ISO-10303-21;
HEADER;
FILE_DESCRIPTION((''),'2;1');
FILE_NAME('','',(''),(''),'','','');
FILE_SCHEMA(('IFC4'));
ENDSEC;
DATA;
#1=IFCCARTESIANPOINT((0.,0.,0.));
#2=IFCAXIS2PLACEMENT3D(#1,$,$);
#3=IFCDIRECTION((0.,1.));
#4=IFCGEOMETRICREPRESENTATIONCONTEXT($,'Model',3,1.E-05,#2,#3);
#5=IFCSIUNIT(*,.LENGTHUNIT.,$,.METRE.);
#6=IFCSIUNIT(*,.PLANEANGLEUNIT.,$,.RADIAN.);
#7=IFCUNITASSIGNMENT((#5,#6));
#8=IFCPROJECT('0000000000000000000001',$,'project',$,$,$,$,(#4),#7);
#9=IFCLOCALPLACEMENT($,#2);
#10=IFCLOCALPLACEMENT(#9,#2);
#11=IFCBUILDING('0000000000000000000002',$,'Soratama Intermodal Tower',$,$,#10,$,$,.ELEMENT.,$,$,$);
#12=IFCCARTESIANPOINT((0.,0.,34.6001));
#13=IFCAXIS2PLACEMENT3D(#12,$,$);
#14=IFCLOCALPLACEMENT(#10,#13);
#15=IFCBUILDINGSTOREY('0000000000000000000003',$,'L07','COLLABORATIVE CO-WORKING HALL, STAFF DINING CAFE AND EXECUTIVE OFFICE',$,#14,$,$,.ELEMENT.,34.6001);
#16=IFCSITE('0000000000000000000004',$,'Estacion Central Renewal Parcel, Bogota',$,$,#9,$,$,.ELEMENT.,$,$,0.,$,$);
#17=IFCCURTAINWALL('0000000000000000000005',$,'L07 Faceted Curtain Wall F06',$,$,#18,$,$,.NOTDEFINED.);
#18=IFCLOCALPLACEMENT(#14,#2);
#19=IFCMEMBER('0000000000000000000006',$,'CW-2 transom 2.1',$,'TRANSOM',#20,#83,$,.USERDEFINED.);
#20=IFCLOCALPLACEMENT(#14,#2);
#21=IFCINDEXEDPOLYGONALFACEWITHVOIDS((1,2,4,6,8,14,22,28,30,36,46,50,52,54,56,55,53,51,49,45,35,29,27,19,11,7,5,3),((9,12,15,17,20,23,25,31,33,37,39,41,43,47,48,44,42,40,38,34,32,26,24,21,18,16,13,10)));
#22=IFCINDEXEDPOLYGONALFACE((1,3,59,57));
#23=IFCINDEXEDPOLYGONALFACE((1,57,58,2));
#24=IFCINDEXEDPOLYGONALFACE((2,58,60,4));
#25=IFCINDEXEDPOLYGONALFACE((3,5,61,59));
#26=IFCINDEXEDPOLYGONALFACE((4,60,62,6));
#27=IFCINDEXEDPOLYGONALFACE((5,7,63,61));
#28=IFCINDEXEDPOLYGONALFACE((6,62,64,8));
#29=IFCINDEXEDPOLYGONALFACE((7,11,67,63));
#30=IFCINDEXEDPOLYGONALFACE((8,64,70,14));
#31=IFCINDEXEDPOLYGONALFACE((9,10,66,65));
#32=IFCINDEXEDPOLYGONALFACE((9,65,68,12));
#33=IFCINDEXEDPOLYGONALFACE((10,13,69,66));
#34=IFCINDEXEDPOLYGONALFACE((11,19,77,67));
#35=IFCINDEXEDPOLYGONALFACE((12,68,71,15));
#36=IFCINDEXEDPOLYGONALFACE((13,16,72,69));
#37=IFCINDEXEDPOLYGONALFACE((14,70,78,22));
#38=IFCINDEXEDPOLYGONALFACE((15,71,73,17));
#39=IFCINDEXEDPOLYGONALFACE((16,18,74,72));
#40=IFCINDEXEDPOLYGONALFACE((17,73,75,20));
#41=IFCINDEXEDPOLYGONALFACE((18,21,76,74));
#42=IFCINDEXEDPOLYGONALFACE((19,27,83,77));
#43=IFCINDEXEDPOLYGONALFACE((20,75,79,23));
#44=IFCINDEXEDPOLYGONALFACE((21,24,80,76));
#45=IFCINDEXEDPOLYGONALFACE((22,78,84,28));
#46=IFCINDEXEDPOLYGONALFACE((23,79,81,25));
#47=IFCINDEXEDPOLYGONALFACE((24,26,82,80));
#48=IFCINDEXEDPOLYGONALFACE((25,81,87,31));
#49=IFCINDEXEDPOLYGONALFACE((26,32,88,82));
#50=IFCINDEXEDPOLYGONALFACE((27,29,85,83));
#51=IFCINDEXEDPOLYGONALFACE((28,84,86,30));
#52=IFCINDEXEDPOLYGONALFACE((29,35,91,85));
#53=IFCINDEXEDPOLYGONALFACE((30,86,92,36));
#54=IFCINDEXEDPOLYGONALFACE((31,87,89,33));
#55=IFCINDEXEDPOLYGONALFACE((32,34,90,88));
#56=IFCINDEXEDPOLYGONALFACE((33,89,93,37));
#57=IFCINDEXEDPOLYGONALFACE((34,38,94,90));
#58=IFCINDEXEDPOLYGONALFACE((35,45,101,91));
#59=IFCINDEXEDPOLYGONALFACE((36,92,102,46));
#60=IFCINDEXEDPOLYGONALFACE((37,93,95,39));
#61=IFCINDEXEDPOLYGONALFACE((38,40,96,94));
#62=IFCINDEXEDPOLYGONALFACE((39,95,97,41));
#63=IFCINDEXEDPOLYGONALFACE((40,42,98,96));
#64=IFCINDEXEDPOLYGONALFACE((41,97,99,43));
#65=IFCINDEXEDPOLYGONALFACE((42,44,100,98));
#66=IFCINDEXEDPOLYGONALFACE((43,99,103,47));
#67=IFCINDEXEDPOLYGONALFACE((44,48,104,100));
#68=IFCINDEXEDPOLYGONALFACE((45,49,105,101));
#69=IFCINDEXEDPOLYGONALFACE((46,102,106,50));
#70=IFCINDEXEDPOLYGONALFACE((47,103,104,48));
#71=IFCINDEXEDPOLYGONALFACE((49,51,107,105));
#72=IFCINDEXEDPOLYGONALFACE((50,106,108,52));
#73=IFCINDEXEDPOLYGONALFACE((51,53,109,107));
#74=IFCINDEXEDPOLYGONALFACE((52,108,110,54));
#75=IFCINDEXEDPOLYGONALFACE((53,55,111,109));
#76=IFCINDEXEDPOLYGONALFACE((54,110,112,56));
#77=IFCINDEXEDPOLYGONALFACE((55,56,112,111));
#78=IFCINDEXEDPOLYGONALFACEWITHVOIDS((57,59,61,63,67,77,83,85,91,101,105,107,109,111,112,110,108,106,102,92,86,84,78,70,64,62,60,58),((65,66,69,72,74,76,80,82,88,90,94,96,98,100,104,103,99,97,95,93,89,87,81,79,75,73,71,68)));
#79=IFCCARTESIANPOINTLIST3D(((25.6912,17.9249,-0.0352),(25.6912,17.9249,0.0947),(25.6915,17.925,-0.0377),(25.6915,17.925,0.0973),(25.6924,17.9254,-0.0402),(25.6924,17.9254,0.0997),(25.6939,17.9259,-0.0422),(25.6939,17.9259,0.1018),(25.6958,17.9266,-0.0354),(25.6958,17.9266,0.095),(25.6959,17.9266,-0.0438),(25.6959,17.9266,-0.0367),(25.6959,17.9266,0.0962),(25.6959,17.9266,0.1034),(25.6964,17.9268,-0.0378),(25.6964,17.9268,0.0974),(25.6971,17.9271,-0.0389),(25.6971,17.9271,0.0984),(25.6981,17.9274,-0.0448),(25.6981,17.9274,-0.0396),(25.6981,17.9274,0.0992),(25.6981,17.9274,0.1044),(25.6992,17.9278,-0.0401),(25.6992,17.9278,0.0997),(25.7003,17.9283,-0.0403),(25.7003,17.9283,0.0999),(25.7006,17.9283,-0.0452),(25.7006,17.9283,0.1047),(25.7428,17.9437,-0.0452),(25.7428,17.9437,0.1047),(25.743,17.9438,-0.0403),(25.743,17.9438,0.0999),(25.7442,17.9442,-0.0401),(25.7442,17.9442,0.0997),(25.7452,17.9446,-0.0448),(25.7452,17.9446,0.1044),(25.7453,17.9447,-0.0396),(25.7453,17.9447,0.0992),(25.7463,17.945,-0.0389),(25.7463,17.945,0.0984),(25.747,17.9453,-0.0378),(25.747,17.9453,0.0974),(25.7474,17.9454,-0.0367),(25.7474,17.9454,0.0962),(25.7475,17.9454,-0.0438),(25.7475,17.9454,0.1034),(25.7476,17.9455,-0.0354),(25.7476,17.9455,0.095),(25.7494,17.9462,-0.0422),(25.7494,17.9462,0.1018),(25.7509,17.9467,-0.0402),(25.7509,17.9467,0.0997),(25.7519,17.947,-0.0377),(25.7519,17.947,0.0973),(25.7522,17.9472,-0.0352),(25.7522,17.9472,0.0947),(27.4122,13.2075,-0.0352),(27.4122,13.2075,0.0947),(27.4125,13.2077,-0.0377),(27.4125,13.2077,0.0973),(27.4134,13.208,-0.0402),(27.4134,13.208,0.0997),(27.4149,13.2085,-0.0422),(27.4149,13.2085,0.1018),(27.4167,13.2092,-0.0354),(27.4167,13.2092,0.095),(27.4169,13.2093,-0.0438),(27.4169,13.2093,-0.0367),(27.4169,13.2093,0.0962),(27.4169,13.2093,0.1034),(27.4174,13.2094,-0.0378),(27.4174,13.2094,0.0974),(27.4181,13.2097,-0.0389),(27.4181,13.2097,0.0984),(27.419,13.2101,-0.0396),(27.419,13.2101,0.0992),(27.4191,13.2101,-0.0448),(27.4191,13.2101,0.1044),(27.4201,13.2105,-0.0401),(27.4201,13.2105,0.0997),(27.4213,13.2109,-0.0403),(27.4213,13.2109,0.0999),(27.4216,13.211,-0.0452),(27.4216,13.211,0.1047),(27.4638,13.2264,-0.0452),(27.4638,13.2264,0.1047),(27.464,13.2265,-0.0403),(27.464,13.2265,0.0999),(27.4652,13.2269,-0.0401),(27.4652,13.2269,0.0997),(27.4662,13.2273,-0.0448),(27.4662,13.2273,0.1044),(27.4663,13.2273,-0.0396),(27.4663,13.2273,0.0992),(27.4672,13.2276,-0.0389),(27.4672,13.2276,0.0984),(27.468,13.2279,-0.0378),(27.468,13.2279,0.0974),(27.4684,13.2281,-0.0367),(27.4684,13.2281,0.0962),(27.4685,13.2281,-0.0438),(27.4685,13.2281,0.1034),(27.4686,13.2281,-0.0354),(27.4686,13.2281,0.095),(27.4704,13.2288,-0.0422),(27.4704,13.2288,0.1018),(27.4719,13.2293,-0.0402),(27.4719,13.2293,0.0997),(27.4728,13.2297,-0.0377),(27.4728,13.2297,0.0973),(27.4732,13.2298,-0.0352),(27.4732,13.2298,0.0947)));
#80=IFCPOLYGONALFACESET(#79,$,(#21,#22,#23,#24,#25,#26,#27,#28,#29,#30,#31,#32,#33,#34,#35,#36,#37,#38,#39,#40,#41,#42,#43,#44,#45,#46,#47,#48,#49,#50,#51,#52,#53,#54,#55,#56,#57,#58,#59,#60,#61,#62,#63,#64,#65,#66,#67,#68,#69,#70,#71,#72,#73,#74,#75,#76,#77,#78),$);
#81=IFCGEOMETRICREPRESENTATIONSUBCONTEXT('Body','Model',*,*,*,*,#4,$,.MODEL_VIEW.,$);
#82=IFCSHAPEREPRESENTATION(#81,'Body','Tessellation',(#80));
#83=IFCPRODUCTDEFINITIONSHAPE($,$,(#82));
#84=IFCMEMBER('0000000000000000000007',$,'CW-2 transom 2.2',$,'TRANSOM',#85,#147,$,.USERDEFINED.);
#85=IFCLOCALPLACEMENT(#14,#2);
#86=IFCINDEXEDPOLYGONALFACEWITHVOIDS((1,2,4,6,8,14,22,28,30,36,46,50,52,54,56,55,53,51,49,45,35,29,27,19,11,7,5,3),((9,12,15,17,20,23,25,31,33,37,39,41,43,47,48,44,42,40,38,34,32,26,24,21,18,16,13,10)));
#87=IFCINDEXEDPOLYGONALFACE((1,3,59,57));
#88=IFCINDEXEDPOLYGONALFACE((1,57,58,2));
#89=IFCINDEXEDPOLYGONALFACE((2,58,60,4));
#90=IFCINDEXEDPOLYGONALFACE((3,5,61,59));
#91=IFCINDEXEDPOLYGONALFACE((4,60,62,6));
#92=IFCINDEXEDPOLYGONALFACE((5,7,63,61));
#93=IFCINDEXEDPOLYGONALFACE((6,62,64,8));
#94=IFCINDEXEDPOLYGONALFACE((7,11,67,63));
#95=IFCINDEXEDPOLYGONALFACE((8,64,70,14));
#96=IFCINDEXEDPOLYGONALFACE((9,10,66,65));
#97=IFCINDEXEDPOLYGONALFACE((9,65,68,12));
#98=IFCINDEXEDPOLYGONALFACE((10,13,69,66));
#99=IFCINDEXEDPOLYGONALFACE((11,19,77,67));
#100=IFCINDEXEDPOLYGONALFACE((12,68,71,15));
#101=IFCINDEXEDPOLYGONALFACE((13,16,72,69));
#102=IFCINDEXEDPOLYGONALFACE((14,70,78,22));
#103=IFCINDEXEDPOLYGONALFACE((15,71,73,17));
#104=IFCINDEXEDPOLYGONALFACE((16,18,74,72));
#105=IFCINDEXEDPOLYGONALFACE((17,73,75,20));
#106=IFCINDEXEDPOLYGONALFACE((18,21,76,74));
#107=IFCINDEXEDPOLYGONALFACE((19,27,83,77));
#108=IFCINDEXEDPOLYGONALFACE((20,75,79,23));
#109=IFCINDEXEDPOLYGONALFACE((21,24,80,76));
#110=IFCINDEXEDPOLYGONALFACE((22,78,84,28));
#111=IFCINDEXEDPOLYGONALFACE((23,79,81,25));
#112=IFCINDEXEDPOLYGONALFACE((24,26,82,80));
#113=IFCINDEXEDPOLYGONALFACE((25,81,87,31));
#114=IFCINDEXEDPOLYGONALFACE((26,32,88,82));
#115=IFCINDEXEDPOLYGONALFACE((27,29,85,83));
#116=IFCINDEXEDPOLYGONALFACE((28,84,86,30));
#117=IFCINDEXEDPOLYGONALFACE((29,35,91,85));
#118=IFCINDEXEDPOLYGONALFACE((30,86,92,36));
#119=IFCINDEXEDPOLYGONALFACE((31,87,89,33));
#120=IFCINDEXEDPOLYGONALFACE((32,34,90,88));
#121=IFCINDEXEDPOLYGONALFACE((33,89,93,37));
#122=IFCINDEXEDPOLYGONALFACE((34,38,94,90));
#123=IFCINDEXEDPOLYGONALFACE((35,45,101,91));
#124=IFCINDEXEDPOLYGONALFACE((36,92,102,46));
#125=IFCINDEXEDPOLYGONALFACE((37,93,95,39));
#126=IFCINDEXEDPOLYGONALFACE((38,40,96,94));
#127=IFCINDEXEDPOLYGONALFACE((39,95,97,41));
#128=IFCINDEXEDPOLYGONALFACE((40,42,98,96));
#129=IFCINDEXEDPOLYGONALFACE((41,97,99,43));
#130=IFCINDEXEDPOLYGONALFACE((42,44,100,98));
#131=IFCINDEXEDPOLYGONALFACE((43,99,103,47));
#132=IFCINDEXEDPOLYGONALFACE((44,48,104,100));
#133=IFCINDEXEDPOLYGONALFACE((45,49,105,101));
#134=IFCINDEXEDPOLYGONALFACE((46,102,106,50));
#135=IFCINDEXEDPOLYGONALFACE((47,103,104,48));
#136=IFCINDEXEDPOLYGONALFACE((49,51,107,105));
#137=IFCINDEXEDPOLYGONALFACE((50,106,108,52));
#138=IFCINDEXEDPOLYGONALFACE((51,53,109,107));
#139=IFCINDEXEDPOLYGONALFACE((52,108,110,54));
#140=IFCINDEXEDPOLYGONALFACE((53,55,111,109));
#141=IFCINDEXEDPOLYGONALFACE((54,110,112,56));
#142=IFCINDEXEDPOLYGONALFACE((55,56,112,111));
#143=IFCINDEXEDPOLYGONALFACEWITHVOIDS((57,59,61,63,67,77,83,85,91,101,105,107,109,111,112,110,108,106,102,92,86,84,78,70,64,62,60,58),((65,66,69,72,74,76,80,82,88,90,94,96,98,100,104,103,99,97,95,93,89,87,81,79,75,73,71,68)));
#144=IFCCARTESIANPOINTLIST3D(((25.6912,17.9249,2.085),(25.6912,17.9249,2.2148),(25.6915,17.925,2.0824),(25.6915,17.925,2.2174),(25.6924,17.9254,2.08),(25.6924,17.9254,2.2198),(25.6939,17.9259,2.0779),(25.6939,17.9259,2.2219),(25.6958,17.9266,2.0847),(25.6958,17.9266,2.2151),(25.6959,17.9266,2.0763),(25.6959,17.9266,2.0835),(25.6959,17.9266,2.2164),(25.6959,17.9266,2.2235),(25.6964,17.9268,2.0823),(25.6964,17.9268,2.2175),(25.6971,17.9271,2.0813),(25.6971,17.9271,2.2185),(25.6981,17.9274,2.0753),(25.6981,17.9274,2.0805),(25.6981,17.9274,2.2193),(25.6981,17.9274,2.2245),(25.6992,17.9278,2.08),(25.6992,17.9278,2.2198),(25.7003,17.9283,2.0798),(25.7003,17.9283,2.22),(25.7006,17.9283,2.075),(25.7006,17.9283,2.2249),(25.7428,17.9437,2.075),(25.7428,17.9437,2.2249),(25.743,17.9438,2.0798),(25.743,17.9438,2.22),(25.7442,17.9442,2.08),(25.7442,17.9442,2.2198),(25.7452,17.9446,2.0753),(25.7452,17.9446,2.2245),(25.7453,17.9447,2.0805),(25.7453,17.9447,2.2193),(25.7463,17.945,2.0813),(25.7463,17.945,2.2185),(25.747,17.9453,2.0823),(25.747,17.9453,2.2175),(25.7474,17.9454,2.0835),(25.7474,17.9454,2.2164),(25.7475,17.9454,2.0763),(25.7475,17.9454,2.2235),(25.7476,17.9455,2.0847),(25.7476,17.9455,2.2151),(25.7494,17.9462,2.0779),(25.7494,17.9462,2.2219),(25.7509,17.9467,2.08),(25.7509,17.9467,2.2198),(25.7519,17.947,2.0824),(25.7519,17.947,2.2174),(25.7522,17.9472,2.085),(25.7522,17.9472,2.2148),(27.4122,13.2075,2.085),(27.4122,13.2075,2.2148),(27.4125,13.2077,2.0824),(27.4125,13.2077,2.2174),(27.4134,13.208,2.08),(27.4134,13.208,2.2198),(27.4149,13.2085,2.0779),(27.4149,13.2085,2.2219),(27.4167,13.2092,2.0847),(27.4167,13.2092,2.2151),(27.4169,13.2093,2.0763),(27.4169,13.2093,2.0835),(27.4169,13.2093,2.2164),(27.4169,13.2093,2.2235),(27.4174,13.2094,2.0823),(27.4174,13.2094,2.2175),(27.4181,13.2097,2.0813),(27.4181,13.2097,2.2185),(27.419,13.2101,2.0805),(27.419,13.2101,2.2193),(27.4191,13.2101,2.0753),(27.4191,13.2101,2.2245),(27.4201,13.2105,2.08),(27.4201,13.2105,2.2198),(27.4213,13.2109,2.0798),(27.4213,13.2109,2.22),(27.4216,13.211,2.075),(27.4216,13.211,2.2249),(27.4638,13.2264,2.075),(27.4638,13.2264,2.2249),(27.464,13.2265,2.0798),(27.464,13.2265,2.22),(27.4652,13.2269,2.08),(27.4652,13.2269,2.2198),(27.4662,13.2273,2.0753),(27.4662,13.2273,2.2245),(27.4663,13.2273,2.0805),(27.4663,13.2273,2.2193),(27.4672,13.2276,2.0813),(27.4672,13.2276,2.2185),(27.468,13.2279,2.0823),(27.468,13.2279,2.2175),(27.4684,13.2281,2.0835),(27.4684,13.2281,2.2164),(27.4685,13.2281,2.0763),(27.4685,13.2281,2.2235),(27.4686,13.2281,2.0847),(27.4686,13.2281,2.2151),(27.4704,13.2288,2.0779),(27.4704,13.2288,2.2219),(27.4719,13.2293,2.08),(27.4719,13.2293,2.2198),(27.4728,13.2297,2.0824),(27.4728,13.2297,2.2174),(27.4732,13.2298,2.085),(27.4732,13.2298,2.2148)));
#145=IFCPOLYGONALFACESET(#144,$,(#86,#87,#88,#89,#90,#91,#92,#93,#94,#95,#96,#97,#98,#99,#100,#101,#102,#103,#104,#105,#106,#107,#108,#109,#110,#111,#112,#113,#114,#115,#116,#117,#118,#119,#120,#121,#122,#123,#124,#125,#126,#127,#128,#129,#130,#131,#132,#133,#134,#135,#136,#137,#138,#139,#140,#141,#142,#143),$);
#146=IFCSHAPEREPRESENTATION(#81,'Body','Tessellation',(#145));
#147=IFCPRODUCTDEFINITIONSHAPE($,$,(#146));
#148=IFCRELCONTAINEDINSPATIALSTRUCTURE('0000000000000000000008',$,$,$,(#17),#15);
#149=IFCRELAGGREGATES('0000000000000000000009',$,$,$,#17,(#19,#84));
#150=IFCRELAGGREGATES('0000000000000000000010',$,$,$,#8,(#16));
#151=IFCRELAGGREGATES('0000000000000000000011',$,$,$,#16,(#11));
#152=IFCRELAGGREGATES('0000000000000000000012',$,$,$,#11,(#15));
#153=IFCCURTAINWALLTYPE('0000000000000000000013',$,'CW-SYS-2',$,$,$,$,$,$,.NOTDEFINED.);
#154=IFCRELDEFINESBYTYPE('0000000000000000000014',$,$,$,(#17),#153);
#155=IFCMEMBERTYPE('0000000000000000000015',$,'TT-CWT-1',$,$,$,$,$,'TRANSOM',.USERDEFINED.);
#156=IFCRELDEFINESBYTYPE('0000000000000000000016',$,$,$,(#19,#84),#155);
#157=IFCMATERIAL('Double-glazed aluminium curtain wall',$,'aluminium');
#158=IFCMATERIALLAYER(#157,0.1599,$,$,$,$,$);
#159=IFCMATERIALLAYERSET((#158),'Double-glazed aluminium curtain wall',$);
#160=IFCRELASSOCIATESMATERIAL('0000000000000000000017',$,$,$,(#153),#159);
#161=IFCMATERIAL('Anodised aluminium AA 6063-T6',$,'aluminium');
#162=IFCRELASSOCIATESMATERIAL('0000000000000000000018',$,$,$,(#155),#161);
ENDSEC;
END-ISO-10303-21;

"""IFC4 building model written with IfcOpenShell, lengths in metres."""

from ifc_helpers import new_model, si_unit, direction, frame, origin, origin_2d, place, context, subcontext, project, spatial, hollow_rectangle, extrude, material, layer, layer_set, material_profile, profile_set, type_object, element, aggregate, save


model = new_model("IFC4")

# Units and contexts
model_context = context("Model", 3, precision=1e-05, world=origin(), true_north=direction((0.0, 1.0)))
body_context = subcontext(model_context, "Body", "Model", "MODEL_VIEW")
ifc_project = project(units=[si_unit("LENGTHUNIT", "METRE"), si_unit("PLANEANGLEUNIT", "RADIAN")], contexts=[model_context])

# Site, building, storey
site_placement = place(None, origin())
site = spatial("IfcSite", under=ifc_project, at=site_placement, Name="Estacion Central Renewal Parcel, Bogota", CompositionType="ELEMENT", RefElevation=0.0)
building_placement = place(site_placement, origin())
building = spatial("IfcBuilding", under=site, at=building_placement, Name="Soratama Intermodal Tower", CompositionType="ELEMENT")
storey_placement = place(building_placement, frame((0.0, 0.0, 34.6001)))
storey = spatial("IfcBuildingStorey", under=building, at=storey_placement, Name="L07", Description="COLLABORATIVE CO-WORKING HALL, STAFF DINING CAFE AND EXECUTIVE OFFICE", CompositionType="ELEMENT", Elevation=34.6001)

# Curtain wall
ifc_material_1 = material(Name="Double-glazed aluminium curtain wall", Category="aluminium")
ifc_layer_1 = layer(ifc_material_1, 0.1599)
ifc_layer_set_1 = layer_set([ifc_layer_1], Name="Double-glazed aluminium curtain wall")
curtain_wall_type = type_object("IfcCurtainWallType", Name="CW-SYS-2", PredefinedType="NOTDEFINED", material=ifc_layer_set_1)
curtain_wall_1_placement = place(storey_placement, origin())
curtain_wall_1 = element("IfcCurtainWall", 1, at=curtain_wall_1_placement, inside=storey, type_object=curtain_wall_type, Name="L07 Faceted Curtain Wall F06", PredefinedType="NOTDEFINED")

# Members
ifc_material_2 = material(Name="Anodised aluminium AA 6063-T6", Category="aluminium")
ifc_material_profile_1 = material_profile(ifc_material_2, hollow_rectangle(XDim=0.0649, YDim=0.1499, WallThickness=0.0049, InnerFilletRadius=0.0049, OuterFilletRadius=0.01, at=origin_2d()), Name="CWT150X65X5")
ifc_profile_set_1 = profile_set([ifc_material_profile_1], Name="Anodised aluminium AA 6063-T6")
member_type_1 = type_object("IfcMemberType", Name="TT-CWT-1", ElementType="TRANSOM", PredefinedType="USERDEFINED", material=ifc_profile_set_1)
member_1_placement = place(storey_placement, frame((25.7217, 17.936, 0.0298), z_axis=(0.342723, -0.939437, 0.0), x_axis=(0.939437, 0.342723, 0.0)))
member_1 = element("IfcMember", 2, at=member_1_placement, type_object=member_type_1, Name="CW-2 transom 2.1", ObjectType="TRANSOM", PredefinedType="USERDEFINED", context=body_context, shape_type="SweptSolid", body=[
    extrude(hollow_rectangle(XDim=0.0649, YDim=0.1499, WallThickness=0.0049, InnerFilletRadius=0.0049, OuterFilletRadius=0.01, at=origin_2d()), origin(), (0.0, 0.0, 1.0), 5.0215),
])
member_2_placement = place(storey_placement, frame((25.7217, 17.936, 2.1499), z_axis=(0.342723, -0.939437, 0.0), x_axis=(0.939437, 0.342723, 0.0)))
member_2 = element("IfcMember", 3, at=member_2_placement, type_object=member_type_1, Name="CW-2 transom 2.2", ObjectType="TRANSOM", PredefinedType="USERDEFINED", context=body_context, shape_type="SweptSolid", body=[
    extrude(hollow_rectangle(XDim=0.0649, YDim=0.1499, WallThickness=0.0049, InnerFilletRadius=0.0049, OuterFilletRadius=0.01, at=origin_2d()), origin(), (0.0, 0.0, 1.0), 5.0215),
])

aggregate(curtain_wall_1, [member_1, member_2])

save(model, "model.ifc")
